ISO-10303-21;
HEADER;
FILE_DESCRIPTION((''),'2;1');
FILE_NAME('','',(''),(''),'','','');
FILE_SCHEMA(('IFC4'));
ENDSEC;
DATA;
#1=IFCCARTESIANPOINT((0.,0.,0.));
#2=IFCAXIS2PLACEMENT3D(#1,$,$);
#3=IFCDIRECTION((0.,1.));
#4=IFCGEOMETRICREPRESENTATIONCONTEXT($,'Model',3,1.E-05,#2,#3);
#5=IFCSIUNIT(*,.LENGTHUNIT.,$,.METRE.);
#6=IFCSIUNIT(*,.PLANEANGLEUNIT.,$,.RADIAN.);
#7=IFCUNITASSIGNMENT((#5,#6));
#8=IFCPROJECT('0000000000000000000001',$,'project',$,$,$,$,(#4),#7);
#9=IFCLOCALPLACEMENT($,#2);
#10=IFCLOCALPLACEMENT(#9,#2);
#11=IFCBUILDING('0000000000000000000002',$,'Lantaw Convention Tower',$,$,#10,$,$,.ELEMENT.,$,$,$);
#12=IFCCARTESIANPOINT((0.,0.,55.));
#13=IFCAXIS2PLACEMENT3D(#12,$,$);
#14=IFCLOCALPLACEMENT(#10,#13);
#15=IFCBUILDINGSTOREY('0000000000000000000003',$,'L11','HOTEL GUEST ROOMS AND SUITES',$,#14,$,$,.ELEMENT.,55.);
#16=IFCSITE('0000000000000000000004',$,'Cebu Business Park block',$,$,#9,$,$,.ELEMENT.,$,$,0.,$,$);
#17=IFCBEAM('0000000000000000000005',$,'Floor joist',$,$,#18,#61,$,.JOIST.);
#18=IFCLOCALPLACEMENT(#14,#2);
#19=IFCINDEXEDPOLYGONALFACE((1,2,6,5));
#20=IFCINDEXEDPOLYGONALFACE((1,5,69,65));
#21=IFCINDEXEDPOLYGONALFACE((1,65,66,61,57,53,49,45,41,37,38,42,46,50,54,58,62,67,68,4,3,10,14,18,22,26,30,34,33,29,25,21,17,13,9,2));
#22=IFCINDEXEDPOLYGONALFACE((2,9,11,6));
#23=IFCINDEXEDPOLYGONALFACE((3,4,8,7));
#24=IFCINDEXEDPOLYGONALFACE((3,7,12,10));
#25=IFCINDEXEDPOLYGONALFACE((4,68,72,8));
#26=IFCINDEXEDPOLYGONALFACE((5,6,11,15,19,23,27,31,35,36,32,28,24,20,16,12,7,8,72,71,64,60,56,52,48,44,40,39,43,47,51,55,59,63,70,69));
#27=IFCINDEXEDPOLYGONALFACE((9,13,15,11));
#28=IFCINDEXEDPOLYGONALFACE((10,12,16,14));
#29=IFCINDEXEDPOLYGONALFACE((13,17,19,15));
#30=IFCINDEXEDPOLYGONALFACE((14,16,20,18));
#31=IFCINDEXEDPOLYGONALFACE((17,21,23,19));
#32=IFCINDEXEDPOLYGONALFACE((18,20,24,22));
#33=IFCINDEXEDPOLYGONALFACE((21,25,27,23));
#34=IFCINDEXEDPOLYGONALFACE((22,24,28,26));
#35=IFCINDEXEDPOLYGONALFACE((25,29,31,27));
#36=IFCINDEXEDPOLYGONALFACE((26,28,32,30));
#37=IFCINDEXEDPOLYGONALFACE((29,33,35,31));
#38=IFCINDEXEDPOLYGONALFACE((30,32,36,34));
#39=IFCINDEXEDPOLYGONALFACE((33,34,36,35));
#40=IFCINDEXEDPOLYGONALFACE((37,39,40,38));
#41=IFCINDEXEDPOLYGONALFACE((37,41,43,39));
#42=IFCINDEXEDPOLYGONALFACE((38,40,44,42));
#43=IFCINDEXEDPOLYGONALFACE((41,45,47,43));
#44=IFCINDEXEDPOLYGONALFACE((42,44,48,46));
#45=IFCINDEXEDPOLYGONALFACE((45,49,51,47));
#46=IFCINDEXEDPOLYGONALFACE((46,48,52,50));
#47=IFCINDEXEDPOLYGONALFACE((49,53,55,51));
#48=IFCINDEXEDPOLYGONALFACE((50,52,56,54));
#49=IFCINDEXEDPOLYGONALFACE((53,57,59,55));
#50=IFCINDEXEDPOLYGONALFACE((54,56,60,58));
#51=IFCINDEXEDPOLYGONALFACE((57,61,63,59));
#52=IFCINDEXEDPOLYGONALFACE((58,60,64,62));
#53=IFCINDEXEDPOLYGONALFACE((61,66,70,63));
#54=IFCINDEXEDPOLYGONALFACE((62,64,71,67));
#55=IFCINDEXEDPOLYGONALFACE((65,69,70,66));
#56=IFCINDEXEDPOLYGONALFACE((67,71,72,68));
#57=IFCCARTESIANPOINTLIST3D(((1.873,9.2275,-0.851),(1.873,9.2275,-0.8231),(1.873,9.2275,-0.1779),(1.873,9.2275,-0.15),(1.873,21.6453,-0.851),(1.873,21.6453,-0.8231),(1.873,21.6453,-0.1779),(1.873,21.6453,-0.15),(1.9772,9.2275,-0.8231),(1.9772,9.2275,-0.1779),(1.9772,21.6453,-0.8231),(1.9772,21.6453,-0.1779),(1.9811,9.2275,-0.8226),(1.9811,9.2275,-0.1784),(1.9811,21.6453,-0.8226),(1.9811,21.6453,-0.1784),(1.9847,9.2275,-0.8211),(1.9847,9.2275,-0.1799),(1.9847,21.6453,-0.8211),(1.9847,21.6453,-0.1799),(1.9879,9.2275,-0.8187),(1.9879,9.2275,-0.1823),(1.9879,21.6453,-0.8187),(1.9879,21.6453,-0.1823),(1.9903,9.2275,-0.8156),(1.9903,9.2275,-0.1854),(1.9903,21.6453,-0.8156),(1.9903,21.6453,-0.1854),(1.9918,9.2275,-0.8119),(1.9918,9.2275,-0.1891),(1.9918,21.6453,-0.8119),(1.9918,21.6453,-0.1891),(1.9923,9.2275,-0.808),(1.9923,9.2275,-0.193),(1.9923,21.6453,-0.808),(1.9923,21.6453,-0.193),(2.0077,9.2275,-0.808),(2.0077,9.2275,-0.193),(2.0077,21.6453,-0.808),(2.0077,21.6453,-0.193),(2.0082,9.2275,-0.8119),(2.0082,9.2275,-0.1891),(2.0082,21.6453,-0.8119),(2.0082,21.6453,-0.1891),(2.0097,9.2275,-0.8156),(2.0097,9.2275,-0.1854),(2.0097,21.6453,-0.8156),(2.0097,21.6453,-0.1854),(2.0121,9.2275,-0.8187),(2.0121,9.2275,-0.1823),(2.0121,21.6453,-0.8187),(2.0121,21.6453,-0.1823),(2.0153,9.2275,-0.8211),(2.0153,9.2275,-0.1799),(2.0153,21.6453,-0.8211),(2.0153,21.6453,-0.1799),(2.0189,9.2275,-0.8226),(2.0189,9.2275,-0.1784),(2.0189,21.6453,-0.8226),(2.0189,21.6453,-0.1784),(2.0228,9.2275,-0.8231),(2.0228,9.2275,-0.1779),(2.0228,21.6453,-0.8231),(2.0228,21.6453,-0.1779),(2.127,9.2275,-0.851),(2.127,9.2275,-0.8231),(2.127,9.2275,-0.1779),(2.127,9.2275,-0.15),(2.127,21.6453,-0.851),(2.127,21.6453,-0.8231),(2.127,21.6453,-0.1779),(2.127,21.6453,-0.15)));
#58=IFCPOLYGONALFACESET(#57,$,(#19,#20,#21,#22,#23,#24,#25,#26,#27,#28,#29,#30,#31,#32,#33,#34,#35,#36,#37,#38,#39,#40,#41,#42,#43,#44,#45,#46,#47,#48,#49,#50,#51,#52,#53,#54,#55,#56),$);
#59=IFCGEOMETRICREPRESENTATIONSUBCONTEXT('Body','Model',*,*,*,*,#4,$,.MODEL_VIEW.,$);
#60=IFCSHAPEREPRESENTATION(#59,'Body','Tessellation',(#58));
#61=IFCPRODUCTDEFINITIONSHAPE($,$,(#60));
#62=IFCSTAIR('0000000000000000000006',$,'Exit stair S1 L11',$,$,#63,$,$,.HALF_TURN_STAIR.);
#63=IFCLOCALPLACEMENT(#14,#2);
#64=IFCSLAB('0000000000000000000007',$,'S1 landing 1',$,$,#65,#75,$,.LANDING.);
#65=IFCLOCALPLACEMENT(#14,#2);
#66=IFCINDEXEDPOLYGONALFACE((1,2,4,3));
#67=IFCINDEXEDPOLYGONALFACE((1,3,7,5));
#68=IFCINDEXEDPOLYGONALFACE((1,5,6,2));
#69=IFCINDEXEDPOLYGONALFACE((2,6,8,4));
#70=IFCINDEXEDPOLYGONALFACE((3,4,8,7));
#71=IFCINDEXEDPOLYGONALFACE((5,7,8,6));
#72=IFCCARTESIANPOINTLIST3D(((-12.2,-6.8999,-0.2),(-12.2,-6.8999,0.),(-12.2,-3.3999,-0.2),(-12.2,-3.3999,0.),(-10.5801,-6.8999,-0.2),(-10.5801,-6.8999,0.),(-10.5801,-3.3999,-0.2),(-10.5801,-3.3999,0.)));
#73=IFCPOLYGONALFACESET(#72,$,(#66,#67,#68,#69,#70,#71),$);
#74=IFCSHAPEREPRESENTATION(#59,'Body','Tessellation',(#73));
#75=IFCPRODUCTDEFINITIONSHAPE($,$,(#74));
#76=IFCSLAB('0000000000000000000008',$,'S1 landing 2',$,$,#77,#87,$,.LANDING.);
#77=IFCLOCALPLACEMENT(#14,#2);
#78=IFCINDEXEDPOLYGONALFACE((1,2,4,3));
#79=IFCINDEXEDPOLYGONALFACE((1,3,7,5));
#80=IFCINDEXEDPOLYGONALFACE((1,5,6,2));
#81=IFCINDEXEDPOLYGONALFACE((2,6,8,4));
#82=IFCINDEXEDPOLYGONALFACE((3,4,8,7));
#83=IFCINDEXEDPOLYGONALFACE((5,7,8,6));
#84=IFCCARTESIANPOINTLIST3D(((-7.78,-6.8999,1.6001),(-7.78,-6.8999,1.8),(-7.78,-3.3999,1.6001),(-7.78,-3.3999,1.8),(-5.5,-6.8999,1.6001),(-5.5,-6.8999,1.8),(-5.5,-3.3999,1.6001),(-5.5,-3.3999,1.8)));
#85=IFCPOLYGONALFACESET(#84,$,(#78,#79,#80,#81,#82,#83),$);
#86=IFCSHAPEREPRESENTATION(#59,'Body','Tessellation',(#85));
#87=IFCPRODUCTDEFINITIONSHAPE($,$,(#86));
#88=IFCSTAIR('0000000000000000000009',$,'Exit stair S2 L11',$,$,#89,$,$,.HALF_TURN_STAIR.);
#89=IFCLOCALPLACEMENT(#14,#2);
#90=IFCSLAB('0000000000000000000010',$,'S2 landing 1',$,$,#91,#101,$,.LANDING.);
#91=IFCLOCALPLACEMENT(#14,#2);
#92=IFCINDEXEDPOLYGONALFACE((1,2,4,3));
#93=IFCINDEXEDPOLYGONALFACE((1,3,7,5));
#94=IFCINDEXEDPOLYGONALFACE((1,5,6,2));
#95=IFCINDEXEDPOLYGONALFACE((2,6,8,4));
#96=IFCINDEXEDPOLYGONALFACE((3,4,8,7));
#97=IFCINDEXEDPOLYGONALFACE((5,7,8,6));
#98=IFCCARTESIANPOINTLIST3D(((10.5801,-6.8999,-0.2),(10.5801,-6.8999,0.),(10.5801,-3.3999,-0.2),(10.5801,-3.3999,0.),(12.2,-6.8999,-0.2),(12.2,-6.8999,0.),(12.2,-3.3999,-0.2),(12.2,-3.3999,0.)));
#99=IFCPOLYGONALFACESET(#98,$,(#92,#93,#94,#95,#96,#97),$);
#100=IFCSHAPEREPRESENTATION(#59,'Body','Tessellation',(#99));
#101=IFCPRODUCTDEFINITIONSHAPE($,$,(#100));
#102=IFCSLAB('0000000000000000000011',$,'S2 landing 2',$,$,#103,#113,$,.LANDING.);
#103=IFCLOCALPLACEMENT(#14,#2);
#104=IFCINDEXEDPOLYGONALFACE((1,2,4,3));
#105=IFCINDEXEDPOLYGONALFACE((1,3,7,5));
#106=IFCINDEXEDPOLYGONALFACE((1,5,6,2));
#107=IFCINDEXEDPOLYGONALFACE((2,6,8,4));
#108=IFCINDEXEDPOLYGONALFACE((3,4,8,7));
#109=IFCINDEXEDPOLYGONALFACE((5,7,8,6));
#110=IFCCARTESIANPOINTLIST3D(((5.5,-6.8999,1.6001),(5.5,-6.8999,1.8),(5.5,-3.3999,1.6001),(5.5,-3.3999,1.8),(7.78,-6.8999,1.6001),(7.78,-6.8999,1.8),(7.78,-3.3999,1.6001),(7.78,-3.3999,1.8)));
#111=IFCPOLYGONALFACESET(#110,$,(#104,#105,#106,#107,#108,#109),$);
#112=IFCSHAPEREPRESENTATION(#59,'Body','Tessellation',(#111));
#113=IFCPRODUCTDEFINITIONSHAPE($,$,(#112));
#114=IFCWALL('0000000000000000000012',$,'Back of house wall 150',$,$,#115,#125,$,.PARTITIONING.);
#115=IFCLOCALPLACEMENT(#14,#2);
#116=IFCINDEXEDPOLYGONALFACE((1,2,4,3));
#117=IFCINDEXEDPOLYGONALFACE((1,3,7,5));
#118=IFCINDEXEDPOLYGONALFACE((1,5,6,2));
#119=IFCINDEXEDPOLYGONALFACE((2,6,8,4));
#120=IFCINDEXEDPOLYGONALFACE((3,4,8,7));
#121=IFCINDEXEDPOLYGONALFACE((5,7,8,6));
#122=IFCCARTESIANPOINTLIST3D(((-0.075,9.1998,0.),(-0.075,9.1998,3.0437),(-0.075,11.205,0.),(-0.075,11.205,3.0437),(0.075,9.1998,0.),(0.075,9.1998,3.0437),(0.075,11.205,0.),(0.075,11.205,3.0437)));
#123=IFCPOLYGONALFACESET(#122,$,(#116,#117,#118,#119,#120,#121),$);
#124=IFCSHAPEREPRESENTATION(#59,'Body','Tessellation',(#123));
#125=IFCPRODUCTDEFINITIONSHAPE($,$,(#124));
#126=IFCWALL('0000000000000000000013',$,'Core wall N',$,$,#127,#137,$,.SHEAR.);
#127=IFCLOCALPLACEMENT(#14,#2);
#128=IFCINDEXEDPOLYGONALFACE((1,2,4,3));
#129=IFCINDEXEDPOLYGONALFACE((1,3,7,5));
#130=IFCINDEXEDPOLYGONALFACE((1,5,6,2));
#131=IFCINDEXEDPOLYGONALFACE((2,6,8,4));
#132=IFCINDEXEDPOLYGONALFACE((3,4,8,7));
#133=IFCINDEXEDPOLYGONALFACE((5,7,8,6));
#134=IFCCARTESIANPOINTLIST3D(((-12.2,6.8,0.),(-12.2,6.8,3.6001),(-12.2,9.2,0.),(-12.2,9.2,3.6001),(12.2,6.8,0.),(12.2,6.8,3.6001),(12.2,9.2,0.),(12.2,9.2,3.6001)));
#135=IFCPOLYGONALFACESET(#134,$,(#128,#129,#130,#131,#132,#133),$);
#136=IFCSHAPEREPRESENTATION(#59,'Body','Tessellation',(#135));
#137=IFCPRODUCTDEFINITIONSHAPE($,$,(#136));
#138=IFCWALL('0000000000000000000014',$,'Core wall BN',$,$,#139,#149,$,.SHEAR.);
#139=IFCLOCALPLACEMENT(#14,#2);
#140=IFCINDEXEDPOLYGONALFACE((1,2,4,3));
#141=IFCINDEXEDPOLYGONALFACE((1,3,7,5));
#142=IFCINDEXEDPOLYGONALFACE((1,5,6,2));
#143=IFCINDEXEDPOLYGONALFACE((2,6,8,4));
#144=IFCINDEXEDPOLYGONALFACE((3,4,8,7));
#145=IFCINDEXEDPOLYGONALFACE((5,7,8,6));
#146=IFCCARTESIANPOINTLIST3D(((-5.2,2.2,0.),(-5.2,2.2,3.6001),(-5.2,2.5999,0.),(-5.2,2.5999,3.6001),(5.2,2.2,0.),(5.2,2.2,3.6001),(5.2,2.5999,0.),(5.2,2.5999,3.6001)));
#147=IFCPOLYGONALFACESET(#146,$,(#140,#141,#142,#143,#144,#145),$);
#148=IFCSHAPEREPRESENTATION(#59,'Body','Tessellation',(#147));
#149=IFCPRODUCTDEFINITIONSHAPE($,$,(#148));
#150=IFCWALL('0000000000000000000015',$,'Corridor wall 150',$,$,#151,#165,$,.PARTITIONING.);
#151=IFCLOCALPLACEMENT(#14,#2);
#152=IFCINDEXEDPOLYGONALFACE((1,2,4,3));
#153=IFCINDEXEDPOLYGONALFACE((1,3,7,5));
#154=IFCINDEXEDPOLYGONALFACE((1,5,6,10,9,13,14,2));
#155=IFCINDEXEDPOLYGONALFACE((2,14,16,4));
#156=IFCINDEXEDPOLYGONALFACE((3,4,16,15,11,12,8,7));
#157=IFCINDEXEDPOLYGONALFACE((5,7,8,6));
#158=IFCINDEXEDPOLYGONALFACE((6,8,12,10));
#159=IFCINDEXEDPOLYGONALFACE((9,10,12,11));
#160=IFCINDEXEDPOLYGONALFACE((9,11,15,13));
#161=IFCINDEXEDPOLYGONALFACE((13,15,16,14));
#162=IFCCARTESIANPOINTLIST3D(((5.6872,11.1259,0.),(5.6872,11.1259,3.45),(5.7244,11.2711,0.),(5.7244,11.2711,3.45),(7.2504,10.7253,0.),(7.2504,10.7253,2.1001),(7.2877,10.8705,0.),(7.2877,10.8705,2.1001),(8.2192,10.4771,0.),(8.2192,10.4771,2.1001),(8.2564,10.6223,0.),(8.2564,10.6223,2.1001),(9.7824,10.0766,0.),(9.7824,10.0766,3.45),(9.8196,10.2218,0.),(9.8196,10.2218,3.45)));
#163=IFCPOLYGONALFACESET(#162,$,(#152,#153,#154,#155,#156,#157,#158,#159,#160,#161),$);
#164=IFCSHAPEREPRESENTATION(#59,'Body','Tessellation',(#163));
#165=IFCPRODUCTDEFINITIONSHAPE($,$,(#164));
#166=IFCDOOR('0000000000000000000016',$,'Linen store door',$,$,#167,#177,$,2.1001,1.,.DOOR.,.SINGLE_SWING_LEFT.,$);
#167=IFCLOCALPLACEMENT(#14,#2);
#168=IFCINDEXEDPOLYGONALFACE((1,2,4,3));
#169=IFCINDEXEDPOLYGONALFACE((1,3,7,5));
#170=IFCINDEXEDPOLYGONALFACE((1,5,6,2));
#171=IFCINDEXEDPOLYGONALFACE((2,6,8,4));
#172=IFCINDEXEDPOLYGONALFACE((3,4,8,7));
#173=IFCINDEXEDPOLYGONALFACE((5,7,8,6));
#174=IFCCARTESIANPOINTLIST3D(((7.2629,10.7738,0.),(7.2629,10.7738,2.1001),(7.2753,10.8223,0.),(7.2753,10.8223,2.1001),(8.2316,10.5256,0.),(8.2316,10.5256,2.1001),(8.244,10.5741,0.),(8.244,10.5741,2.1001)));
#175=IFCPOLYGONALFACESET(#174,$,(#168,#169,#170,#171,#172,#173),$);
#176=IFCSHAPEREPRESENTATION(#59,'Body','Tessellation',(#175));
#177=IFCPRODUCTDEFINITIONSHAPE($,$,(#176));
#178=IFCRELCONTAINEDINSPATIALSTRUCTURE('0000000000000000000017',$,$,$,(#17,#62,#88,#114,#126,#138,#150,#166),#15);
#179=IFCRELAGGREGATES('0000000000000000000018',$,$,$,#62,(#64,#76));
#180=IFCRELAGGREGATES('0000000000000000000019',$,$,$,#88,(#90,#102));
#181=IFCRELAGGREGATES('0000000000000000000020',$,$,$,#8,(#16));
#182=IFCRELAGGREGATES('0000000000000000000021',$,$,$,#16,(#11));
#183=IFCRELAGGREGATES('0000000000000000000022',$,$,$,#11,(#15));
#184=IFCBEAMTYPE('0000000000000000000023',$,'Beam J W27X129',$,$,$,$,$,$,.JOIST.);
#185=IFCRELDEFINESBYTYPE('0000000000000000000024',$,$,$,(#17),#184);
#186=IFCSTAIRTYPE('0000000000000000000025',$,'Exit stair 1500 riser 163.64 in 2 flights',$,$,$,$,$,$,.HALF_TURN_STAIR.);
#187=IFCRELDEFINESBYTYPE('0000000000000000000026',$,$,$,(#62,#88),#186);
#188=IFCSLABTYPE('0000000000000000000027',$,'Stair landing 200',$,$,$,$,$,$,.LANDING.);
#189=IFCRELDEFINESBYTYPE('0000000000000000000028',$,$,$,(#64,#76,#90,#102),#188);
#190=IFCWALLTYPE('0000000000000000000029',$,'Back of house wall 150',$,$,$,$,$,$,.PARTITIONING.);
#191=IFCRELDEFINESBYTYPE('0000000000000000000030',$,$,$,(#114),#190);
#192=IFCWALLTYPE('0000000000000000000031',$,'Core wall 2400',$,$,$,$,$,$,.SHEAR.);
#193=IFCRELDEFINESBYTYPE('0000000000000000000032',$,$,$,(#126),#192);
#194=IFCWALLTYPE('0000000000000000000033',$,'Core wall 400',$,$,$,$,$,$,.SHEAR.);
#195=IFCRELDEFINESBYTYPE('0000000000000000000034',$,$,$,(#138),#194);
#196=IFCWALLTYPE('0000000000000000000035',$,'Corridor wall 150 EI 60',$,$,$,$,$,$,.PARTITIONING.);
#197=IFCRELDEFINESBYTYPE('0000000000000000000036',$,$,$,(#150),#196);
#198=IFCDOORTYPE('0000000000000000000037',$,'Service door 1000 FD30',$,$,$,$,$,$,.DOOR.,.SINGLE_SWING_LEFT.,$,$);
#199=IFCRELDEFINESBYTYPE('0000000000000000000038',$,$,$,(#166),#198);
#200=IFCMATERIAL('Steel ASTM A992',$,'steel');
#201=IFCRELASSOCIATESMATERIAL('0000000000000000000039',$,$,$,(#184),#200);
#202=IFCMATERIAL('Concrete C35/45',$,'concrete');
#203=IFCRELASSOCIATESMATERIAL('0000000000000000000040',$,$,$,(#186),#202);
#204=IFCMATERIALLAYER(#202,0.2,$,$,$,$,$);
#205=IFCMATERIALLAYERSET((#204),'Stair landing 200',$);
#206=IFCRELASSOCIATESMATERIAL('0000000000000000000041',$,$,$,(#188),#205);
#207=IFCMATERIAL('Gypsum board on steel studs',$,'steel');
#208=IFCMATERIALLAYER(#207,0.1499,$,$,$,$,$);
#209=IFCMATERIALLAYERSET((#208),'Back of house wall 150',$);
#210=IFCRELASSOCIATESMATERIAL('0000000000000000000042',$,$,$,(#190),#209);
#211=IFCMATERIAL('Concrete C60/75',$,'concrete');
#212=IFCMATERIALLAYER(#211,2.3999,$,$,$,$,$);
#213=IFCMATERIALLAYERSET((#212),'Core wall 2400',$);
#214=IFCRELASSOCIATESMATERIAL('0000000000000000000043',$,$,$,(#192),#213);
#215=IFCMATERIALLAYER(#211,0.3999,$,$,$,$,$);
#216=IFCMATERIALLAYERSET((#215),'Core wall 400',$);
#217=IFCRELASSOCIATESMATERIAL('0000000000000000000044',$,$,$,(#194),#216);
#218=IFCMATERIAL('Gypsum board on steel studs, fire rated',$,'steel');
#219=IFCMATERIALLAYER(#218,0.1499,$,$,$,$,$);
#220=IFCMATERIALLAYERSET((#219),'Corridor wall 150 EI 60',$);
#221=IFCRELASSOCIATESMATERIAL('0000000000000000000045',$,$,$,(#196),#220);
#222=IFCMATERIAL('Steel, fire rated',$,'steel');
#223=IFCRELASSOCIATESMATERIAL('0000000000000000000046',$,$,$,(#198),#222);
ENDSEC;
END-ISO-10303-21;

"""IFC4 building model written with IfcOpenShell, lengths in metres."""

from ifc_helpers import new_model, si_unit, direction, frame, frame_2d, origin, origin_2d, place, context, subcontext, project, spatial, polyline, rectangle, i_section, outline, extrude, material, layer, layer_set, material_profile, profile_set, type_object, element, fill, aggregate, save


model = new_model("IFC4")

# Units and contexts
model_context = context("Model", 3, precision=1e-05, world=origin(), true_north=direction((0.0, 1.0)))
body_context = subcontext(model_context, "Body", "Model", "MODEL_VIEW")
ifc_project = project(units=[si_unit("LENGTHUNIT", "METRE"), si_unit("PLANEANGLEUNIT", "RADIAN")], contexts=[model_context])

# Site, building, storey
site_placement = place(None, origin())
site = spatial("IfcSite", under=ifc_project, at=site_placement, Name="Cebu Business Park block", CompositionType="ELEMENT", RefElevation=0.0)
building_placement = place(site_placement, origin())
building = spatial("IfcBuilding", under=site, at=building_placement, Name="Lantaw Convention Tower", CompositionType="ELEMENT")
storey_placement = place(building_placement, frame((0.0, 0.0, 55.0)))
storey = spatial("IfcBuildingStorey", under=building, at=storey_placement, Name="L11", Description="HOTEL GUEST ROOMS AND SUITES", CompositionType="ELEMENT", Elevation=55.0)

# Beam
ifc_material_1 = material(Name="Steel ASTM A992", Category="steel")
ifc_material_profile_1 = material_profile(ifc_material_1, i_section(OverallWidth=0.2539, OverallDepth=0.7009, WebThickness=0.0154, FlangeThickness=0.0278, FilletRadius=0.0151, at=origin_2d()), Name="W27X129")
ifc_profile_set_1 = profile_set([ifc_material_profile_1], Name="Steel ASTM A992")
beam_type_1 = type_object("IfcBeamType", Name="Beam J W27X129", PredefinedType="JOIST", material=ifc_profile_set_1)
beam_1_placement = place(storey_placement, frame((2.0, 9.2275, -0.5005), z_axis=(0.0, 1.0, 0.0), x_axis=(-1.0, 0.0, 0.0)))
element("IfcBeam", 1, at=beam_1_placement, inside=storey, type_object=beam_type_1, Name="Floor joist", PredefinedType="JOIST", context=body_context, shape_type="SweptSolid", body=[
    extrude(i_section(OverallWidth=0.2539, OverallDepth=0.7009, WebThickness=0.0154, FlangeThickness=0.0278, FilletRadius=0.0151, at=origin_2d()), origin(), (0.0, 0.0, 1.0), 12.4177),
])

# Stairs, slabs
ifc_material_2 = material(Name="Concrete C35/45", Category="concrete")
stair_type = type_object("IfcStairType", Name="Exit stair 1500 riser 163.64 in 2 flights", PredefinedType="HALF_TURN_STAIR", material=ifc_material_2)
stair_1_placement = place(storey_placement, origin())
stair_1 = element("IfcStair", 2, at=stair_1_placement, inside=storey, type_object=stair_type, Name="Exit stair S1 L11", PredefinedType="HALF_TURN_STAIR")
ifc_layer_1 = layer(ifc_material_2, 0.2)
ifc_layer_set_1 = layer_set([ifc_layer_1], Name="Stair landing 200")
slab_type = type_object("IfcSlabType", Name="Stair landing 200", PredefinedType="LANDING", material=ifc_layer_set_1)
slab_1_placement = place(storey_placement, frame((0.0, 0.0, -0.2)))
slab_1 = element("IfcSlab", 3, at=slab_1_placement, type_object=slab_type, Name="S1 landing 1", PredefinedType="LANDING", context=body_context, shape_type="SweptSolid", body=[
    extrude(outline(polyline([(-12.2, -6.8999), (-10.5801, -6.8999), (-10.5801, -3.3999), (-12.2, -3.3999), (-12.2, -6.8999)])), origin(), (0.0, 0.0, 1.0), 0.2),
])
slab_2_placement = place(storey_placement, frame((0.0, 0.0, 1.6001)))
slab_2 = element("IfcSlab", 4, at=slab_2_placement, type_object=slab_type, Name="S1 landing 2", PredefinedType="LANDING", context=body_context, shape_type="SweptSolid", body=[
    extrude(outline(polyline([(-7.78, -6.8999), (-5.5, -6.8999), (-5.5, -3.3999), (-7.78, -3.3999), (-7.78, -6.8999)])), origin(), (0.0, 0.0, 1.0), 0.2),
])
aggregate(stair_1, [slab_1, slab_2])
stair_2_placement = place(storey_placement, origin())
stair_2 = element("IfcStair", 5, at=stair_2_placement, inside=storey, type_object=stair_type, Name="Exit stair S2 L11", PredefinedType="HALF_TURN_STAIR")
slab_3_placement = place(storey_placement, frame((0.0, 0.0, -0.2)))
slab_3 = element("IfcSlab", 6, at=slab_3_placement, type_object=slab_type, Name="S2 landing 1", PredefinedType="LANDING", context=body_context, shape_type="SweptSolid", body=[
    extrude(outline(polyline([(10.5801, -6.8999), (12.2, -6.8999), (12.2, -3.3999), (10.5801, -3.3999), (10.5801, -6.8999)])), origin(), (0.0, 0.0, 1.0), 0.2),
])
slab_4_placement = place(storey_placement, frame((0.0, 0.0, 1.6001)))
slab_4 = element("IfcSlab", 7, at=slab_4_placement, type_object=slab_type, Name="S2 landing 2", PredefinedType="LANDING", context=body_context, shape_type="SweptSolid", body=[
    extrude(outline(polyline([(5.5, -6.8999), (7.78, -6.8999), (7.78, -3.3999), (5.5, -3.3999), (5.5, -6.8999)])), origin(), (0.0, 0.0, 1.0), 0.2),
])
aggregate(stair_2, [slab_3, slab_4])

# Walls
ifc_material_3 = material(Name="Gypsum board on steel studs", Category="steel")
ifc_layer_2 = layer(ifc_material_3, 0.1499)
ifc_layer_set_2 = layer_set([ifc_layer_2], Name="Back of house wall 150")
wall_type_1 = type_object("IfcWallType", Name="Back of house wall 150", PredefinedType="PARTITIONING", material=ifc_layer_set_2)
wall_1_placement = place(storey_placement, frame((0.0, 9.2, 0.0), z_axis=(0.0, 0.0, 1.0), x_axis=(0.0, 1.0, 0.0)))
element("IfcWall", 8, at=wall_1_placement, inside=storey, type_object=wall_type_1, Name="Back of house wall 150", PredefinedType="PARTITIONING", context=body_context, shape_type="SweptSolid", body=[
    extrude(rectangle(XDim=2.0051, YDim=0.1499, at=frame_2d((1.0024, 0.0))), origin(), (0.0, 0.0, 1.0), 3.0437),
])
ifc_material_4 = material(Name="Concrete C60/75", Category="concrete")
ifc_layer_3 = layer(ifc_material_4, 2.3999)
ifc_layer_set_3 = layer_set([ifc_layer_3], Name="Core wall 2400")
wall_type_2 = type_object("IfcWallType", Name="Core wall 2400", PredefinedType="SHEAR", material=ifc_layer_set_3)
wall_2_placement = place(storey_placement, frame((12.2, 8.0, 0.0), z_axis=(0.0, 0.0, 1.0), x_axis=(-1.0, 0.0, 0.0)))
element("IfcWall", 9, at=wall_2_placement, inside=storey, type_object=wall_type_2, Name="Core wall N", PredefinedType="SHEAR", context=body_context, shape_type="SweptSolid", body=[
    extrude(rectangle(XDim=24.3999, YDim=2.3999, at=frame_2d((12.2, 0.0))), origin(), (0.0, 0.0, 1.0), 3.6001),
])
ifc_layer_4 = layer(ifc_material_4, 0.3999)
ifc_layer_set_4 = layer_set([ifc_layer_4], Name="Core wall 400")
wall_type_3 = type_object("IfcWallType", Name="Core wall 400", PredefinedType="SHEAR", material=ifc_layer_set_4)
wall_3_placement = place(storey_placement, frame((5.2, 2.3999, 0.0), z_axis=(0.0, 0.0, 1.0), x_axis=(-1.0, 0.0, 0.0)))
element("IfcWall", 10, at=wall_3_placement, inside=storey, type_object=wall_type_3, Name="Core wall BN", PredefinedType="SHEAR", context=body_context, shape_type="SweptSolid", body=[
    extrude(rectangle(XDim=10.3999, YDim=0.3999, at=frame_2d((5.2, 0.0))), origin(), (0.0, 0.0, 1.0), 3.6001),
])

# Wall, opening, door
ifc_material_5 = material(Name="Gypsum board on steel studs, fire rated", Category="steel")
ifc_layer_5 = layer(ifc_material_5, 0.1499)
ifc_layer_set_5 = layer_set([ifc_layer_5], Name="Corridor wall 150 EI 60")
wall_type_4 = type_object("IfcWallType", Name="Corridor wall 150 EI 60", PredefinedType="PARTITIONING", material=ifc_layer_set_5)
wall_4_placement = place(storey_placement, frame((9.801, 10.1492, 0.0), z_axis=(0.0, 0.0, 1.0), x_axis=(-0.968706, 0.248211, 0.0)))
wall_4 = element("IfcWall", 11, at=wall_4_placement, inside=storey, type_object=wall_type_4, Name="Corridor wall 150", PredefinedType="PARTITIONING", context=body_context, shape_type="SweptSolid", body=[
    extrude(rectangle(XDim=4.2275, YDim=0.1499, at=frame_2d((2.1138, 0.0))), origin(), (0.0, 0.0, 1.0), 3.45),
])
opening_1_placement = place(wall_4_placement, frame((1.6138, 0.0, 0.0)))
opening_1 = element("IfcOpeningElement", 12, at=opening_1_placement, cuts=wall_4, PredefinedType="OPENING", context=body_context, shape_type="SweptSolid", body=[
    extrude(rectangle(XDim=1.0, YDim=2.1001, at=frame_2d((0.5, 1.05))), frame((0.0, 0.085, 0.0), z_axis=(0.0, -1.0, 0.0), x_axis=(1.0, 0.0, 0.0)), (0.0, 0.0, 1.0), 0.1699),
])
ifc_material_6 = material(Name="Steel, fire rated", Category="steel")
door_type_1 = type_object("IfcDoorType", Name="Service door 1000 FD30", OperationType="SINGLE_SWING_LEFT", PredefinedType="DOOR", material=ifc_material_6)
door_1_placement = place(opening_1_placement, origin())
door_1 = element("IfcDoor", 13, at=door_1_placement, inside=storey, type_object=door_type_1, Name="Linen store door", OperationType="SINGLE_SWING_LEFT", OverallHeight=2.1001, OverallWidth=1.0, PredefinedType="DOOR", context=body_context, shape_type="SweptSolid", body=[
    extrude(rectangle(XDim=1.0, YDim=2.1001, at=frame_2d((0.5, 1.05))), frame((0.0, 0.0249, 0.0), z_axis=(0.0, -1.0, 0.0), x_axis=(1.0, 0.0, 0.0)), (0.0, 0.0, 1.0), 0.05),
])
fill(opening_1, door_1)

save(model, "model.ifc")
